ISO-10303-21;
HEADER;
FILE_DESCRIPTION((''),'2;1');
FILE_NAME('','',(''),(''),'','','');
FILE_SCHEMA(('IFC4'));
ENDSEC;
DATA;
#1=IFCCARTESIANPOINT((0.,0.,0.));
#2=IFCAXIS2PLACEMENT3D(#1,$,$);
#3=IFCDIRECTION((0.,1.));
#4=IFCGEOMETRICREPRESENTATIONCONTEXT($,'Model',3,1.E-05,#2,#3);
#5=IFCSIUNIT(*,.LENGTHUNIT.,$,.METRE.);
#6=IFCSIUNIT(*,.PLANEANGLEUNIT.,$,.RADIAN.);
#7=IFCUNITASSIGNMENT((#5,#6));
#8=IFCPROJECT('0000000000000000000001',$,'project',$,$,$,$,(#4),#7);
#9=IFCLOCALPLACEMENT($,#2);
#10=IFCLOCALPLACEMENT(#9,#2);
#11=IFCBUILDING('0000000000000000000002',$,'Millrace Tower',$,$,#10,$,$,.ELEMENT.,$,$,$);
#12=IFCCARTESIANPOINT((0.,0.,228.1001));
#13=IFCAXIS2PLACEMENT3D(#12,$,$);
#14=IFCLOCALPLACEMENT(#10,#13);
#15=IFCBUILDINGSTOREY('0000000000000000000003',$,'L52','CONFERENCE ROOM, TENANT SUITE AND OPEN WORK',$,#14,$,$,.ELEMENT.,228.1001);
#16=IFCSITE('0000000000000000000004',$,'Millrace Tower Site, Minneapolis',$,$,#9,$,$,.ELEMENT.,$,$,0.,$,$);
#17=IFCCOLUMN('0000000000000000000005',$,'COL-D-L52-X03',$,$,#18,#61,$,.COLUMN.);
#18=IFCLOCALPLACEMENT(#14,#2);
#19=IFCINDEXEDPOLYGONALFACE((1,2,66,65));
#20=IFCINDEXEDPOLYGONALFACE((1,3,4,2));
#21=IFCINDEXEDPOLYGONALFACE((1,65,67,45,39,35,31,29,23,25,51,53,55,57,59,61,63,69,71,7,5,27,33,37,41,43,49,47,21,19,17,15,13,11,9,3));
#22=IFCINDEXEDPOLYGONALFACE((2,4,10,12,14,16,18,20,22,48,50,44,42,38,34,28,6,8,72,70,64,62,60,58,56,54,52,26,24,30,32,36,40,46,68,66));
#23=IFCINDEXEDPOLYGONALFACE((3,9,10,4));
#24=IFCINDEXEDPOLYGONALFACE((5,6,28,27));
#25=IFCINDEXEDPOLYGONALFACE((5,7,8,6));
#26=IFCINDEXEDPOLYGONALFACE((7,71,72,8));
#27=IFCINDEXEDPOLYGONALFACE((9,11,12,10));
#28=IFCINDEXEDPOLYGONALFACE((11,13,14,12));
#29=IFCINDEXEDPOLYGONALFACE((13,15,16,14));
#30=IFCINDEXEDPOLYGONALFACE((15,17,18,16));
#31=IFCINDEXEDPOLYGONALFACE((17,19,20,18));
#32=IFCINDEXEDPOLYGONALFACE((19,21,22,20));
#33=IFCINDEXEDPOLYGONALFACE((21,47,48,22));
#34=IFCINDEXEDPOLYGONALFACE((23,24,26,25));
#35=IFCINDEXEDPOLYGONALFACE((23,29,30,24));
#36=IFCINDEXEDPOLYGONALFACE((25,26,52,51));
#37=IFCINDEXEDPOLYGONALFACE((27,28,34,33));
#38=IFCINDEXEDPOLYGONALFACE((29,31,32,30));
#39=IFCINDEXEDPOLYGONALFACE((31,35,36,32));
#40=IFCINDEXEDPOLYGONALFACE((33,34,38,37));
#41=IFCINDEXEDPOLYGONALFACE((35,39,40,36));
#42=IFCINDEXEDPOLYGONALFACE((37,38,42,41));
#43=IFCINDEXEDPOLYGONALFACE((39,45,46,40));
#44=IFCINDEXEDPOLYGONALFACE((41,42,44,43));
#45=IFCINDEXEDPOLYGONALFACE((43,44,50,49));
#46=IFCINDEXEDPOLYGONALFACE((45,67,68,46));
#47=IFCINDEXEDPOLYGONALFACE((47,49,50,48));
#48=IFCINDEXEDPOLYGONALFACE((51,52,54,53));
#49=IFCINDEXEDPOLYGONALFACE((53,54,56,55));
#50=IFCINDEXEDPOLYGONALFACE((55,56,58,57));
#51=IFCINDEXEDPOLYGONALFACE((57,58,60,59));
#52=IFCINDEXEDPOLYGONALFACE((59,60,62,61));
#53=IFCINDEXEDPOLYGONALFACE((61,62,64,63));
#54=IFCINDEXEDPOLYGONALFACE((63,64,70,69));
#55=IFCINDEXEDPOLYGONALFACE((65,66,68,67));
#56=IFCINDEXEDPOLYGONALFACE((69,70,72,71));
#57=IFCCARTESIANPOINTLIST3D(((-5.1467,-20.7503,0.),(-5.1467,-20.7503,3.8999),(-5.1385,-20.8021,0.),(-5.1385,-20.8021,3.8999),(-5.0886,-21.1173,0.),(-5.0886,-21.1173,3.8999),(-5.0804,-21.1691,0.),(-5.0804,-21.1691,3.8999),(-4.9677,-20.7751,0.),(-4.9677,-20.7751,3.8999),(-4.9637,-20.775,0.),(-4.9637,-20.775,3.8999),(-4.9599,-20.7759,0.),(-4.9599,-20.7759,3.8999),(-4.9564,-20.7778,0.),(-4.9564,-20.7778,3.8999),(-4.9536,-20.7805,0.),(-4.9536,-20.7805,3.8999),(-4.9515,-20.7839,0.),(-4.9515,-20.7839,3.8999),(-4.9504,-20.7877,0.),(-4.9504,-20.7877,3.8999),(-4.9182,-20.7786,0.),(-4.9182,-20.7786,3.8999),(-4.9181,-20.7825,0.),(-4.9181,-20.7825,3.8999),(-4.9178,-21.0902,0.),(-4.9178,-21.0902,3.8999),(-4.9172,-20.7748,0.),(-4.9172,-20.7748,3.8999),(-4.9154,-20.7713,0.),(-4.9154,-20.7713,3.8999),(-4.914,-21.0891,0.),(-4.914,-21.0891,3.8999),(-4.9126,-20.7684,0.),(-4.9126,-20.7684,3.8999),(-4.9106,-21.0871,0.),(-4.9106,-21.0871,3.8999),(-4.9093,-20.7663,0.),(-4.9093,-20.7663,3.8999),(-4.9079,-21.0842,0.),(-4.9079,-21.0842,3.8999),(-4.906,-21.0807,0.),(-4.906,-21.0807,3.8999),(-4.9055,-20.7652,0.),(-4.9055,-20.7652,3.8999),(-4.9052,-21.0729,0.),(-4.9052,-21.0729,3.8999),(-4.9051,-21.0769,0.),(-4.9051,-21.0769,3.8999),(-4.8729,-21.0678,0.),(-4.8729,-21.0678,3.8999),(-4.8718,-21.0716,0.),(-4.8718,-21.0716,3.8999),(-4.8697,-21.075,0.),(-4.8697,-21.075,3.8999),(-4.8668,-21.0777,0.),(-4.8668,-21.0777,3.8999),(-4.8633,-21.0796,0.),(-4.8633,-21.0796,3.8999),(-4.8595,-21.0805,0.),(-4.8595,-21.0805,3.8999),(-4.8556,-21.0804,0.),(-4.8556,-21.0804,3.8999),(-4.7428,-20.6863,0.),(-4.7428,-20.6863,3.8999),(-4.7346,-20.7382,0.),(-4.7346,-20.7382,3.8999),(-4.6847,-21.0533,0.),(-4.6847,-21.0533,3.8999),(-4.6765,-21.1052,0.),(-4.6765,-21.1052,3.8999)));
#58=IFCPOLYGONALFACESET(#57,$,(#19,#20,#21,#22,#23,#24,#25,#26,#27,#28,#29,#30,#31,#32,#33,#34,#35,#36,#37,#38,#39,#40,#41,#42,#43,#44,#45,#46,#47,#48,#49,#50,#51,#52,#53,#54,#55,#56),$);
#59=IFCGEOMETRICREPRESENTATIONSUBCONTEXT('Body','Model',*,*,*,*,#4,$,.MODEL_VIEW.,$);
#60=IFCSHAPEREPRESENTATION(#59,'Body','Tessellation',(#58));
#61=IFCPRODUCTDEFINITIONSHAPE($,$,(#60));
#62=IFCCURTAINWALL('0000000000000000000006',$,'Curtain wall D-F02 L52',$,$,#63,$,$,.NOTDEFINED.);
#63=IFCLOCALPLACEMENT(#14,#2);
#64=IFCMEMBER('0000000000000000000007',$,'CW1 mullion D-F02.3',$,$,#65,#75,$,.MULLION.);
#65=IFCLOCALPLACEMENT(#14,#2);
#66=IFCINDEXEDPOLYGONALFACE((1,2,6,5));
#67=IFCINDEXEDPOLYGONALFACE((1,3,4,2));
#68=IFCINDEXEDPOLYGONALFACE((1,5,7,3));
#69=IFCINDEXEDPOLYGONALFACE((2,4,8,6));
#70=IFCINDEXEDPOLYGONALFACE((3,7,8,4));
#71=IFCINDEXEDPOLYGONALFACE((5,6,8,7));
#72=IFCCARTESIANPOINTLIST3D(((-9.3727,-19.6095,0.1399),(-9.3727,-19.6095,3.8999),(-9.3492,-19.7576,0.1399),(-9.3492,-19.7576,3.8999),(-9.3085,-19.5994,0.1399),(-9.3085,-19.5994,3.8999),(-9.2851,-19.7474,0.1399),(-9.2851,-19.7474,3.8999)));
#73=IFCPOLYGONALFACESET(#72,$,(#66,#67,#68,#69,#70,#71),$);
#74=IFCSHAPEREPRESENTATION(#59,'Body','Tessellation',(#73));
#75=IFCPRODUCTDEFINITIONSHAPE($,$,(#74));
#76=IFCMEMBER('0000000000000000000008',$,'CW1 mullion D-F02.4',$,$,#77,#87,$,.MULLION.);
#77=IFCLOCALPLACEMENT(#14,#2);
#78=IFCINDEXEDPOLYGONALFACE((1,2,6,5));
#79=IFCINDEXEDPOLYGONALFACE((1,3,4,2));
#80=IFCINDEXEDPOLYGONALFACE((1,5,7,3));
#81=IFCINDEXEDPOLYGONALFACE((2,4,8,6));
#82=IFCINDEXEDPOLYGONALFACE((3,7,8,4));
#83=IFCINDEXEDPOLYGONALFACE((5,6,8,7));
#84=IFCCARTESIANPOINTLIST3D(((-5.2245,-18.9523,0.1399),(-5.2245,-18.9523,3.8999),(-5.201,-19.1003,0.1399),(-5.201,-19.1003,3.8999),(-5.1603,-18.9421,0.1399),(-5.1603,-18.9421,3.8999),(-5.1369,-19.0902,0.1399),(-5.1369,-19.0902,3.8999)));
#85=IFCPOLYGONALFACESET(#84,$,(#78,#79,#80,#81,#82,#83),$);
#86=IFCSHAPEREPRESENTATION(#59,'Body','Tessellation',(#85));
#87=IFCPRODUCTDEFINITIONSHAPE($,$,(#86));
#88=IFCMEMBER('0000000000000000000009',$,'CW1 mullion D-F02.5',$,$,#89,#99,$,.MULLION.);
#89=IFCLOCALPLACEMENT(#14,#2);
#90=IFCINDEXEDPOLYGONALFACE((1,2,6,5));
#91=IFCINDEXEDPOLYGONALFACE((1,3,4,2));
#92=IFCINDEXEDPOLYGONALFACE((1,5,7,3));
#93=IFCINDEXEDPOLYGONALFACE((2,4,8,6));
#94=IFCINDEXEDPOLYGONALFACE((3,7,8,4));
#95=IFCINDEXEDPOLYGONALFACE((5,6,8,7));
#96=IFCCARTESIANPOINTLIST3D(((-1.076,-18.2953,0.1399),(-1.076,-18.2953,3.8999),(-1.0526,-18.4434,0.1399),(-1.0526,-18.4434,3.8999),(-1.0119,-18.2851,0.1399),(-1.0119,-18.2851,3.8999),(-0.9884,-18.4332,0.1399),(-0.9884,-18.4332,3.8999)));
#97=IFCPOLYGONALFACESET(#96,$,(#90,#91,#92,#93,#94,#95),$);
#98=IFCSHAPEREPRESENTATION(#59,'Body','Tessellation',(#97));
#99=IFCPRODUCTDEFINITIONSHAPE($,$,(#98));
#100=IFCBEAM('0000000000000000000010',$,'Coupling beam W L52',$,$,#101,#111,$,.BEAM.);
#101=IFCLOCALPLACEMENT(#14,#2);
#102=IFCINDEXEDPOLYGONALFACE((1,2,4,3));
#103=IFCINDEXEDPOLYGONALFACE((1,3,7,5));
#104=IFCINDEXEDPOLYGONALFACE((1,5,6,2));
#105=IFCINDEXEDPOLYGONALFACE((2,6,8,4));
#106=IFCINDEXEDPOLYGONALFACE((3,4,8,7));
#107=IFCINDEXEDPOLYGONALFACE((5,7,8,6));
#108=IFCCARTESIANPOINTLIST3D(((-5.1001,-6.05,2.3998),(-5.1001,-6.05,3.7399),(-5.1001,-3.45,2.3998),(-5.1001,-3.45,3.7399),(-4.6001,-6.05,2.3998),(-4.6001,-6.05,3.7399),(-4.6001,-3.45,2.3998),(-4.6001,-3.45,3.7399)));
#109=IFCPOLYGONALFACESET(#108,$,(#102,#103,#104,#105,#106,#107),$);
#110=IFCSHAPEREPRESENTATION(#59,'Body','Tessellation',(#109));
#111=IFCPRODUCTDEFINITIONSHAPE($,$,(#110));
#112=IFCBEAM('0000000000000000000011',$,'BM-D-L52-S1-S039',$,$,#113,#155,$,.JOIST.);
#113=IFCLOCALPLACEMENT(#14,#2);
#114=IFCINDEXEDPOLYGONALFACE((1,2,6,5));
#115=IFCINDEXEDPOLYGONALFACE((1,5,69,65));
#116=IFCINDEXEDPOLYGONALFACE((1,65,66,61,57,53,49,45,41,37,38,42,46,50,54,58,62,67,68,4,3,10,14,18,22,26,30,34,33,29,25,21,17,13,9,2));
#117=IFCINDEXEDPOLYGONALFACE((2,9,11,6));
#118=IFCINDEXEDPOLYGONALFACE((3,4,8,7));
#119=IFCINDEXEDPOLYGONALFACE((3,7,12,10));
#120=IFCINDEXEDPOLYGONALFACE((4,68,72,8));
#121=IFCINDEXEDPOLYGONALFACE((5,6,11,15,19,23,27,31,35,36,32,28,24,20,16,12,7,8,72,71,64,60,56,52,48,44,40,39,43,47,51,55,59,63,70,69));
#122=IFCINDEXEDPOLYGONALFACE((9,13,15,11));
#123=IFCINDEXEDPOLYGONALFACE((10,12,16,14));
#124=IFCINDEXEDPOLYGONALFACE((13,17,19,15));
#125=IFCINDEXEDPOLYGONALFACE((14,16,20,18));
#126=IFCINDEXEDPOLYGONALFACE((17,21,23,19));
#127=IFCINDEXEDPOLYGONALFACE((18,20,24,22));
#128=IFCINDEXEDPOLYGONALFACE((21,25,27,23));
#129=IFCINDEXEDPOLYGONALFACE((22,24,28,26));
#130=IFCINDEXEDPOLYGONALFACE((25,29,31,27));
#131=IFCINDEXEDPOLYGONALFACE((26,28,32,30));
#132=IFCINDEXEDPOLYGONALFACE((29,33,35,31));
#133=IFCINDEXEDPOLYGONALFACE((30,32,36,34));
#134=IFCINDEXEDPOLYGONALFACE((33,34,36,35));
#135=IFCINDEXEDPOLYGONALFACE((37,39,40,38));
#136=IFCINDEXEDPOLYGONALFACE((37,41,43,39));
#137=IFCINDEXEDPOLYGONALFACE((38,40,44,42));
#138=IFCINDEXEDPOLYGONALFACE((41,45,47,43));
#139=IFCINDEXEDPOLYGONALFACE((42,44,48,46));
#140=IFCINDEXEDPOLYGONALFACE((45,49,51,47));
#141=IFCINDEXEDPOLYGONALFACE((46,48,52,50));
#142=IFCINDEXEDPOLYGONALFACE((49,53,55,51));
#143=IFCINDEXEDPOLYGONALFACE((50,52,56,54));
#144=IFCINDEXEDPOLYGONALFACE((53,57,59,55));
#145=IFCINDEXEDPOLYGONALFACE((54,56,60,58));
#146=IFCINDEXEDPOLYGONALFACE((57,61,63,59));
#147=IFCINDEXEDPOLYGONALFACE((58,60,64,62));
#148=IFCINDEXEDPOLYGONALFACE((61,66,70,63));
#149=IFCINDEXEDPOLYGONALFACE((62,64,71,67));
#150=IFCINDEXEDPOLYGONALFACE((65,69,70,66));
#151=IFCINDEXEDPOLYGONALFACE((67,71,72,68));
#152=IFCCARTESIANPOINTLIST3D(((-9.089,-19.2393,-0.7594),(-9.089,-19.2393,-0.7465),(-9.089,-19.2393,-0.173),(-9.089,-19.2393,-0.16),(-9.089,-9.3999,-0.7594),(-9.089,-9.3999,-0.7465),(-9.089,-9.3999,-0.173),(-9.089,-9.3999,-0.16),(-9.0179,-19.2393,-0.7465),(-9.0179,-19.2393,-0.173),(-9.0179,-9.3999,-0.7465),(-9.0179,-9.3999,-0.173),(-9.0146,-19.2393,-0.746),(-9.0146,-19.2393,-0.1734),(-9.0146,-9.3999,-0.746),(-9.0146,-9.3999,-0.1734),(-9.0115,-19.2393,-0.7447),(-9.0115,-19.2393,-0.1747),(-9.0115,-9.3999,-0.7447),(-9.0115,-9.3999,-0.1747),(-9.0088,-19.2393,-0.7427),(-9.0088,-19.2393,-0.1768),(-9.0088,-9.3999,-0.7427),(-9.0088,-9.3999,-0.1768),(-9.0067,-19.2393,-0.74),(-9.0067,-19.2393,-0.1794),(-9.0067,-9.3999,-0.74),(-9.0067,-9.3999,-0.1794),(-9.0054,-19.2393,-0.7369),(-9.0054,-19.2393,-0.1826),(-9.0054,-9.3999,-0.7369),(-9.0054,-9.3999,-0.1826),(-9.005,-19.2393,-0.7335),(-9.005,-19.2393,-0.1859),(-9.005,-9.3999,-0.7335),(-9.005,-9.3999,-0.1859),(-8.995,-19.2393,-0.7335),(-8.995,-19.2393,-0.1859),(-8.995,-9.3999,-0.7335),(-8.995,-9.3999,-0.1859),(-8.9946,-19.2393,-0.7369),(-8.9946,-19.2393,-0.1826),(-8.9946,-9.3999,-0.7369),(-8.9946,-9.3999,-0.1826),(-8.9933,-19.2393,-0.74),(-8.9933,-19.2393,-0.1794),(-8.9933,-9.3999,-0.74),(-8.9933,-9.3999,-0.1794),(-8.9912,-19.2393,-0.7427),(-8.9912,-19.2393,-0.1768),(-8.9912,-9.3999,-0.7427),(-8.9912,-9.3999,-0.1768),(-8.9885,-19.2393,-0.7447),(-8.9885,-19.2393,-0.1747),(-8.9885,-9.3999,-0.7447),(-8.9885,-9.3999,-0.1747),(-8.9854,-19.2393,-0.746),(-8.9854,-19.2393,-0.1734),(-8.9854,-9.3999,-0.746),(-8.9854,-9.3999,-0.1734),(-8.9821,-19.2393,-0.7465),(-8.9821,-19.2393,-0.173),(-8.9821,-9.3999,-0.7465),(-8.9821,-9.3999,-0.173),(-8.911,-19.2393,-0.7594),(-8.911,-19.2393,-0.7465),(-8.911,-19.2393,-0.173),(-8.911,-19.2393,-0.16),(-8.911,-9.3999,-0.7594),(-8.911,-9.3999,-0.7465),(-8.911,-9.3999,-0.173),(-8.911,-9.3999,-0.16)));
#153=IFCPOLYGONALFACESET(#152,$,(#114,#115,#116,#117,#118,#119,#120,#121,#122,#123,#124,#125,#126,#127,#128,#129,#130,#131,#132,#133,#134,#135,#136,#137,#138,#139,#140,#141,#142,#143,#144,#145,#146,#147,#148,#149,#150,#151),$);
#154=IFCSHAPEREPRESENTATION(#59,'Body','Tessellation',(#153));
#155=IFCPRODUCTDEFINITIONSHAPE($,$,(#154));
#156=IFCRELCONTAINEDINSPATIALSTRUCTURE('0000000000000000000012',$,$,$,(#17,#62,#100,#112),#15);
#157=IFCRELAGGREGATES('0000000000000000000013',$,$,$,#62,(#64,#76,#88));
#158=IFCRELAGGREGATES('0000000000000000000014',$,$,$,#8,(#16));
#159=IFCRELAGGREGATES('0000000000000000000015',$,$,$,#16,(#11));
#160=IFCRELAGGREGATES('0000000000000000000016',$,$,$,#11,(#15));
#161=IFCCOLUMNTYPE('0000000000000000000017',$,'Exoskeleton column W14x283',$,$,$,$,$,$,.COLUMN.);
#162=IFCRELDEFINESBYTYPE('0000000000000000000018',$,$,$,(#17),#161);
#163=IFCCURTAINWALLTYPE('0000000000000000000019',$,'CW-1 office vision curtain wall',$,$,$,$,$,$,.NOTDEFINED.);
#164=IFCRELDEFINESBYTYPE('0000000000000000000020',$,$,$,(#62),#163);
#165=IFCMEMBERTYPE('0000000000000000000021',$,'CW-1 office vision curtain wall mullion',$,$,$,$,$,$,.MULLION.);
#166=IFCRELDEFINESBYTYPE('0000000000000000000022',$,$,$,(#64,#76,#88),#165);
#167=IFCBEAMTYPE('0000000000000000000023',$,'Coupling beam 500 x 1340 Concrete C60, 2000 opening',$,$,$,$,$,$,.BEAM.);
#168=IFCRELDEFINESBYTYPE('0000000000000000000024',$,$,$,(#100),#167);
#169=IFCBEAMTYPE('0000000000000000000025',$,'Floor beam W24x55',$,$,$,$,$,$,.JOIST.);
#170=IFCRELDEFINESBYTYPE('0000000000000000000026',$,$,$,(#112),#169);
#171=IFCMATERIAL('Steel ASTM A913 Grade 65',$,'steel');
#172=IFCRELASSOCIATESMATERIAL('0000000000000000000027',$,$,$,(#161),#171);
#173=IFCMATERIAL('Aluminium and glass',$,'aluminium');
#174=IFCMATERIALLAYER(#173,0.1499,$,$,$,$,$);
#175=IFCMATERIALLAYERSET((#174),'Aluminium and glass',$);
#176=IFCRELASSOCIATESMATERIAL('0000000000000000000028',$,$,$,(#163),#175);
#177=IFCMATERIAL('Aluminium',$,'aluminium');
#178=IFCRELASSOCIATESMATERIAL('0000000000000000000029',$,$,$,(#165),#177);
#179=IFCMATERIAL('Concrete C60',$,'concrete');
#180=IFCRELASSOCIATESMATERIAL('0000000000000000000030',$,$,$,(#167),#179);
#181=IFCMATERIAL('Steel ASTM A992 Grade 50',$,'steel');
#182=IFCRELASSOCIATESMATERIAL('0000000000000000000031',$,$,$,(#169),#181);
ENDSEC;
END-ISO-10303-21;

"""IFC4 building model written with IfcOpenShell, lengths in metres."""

from ifc_helpers import new_model, si_unit, direction, frame, origin, origin_2d, place, context, subcontext, project, spatial, rectangle, i_section, extrude, material, layer, layer_set, material_profile, profile_set, type_object, element, aggregate, save


model = new_model("IFC4")

# Units and contexts
model_context = context("Model", 3, precision=1e-05, world=origin(), true_north=direction((0.0, 1.0)))
body_context = subcontext(model_context, "Body", "Model", "MODEL_VIEW")
ifc_project = project(units=[si_unit("LENGTHUNIT", "METRE"), si_unit("PLANEANGLEUNIT", "RADIAN")], contexts=[model_context])

# Site, building, storey
site_placement = place(None, origin())
site = spatial("IfcSite", under=ifc_project, at=site_placement, Name="Millrace Tower Site, Minneapolis", CompositionType="ELEMENT", RefElevation=0.0)
building_placement = place(site_placement, origin())
building = spatial("IfcBuilding", under=site, at=building_placement, Name="Millrace Tower", CompositionType="ELEMENT")
storey_placement = place(building_placement, frame((0.0, 0.0, 228.1001)))
storey = spatial("IfcBuildingStorey", under=building, at=storey_placement, Name="L52", Description="CONFERENCE ROOM, TENANT SUITE AND OPEN WORK", CompositionType="ELEMENT", Elevation=228.1001)

# Column
ifc_material_1 = material(Name="Steel ASTM A913 Grade 65", Category="steel")
ifc_material_profile_1 = material_profile(ifc_material_1, i_section(OverallWidth=0.4089, OverallDepth=0.4241, WebThickness=0.0327, FlangeThickness=0.0525, FilletRadius=0.0151, at=origin_2d()))
ifc_profile_set_1 = profile_set([ifc_material_profile_1], Name="Steel ASTM A913 Grade 65")
column_type = type_object("IfcColumnType", Name="Exoskeleton column W14x283", PredefinedType="COLUMN", material=ifc_profile_set_1)
column_placement = place(storey_placement, frame((-4.9116, -20.9277, 0.0), z_axis=(0.0, 0.0, 1.0), x_axis=(0.987688, 0.156434, 0.0)))
element("IfcColumn", 1, at=column_placement, inside=storey, type_object=column_type, Name="COL-D-L52-X03", PredefinedType="COLUMN", context=body_context, shape_type="SweptSolid", body=[
    extrude(i_section(OverallWidth=0.4089, OverallDepth=0.4241, WebThickness=0.0327, FlangeThickness=0.0525, FilletRadius=0.0151, at=origin_2d()), origin(), (0.0, 0.0, 1.0), 3.8999),
])

# Curtain wall, members
ifc_material_2 = material(Name="Aluminium and glass", Category="aluminium")
ifc_layer_1 = layer(ifc_material_2, 0.1499)
ifc_layer_set_1 = layer_set([ifc_layer_1], Name="Aluminium and glass")
curtain_wall_type = type_object("IfcCurtainWallType", Name="CW-1 office vision curtain wall", PredefinedType="NOTDEFINED", material=ifc_layer_set_1)
curtain_wall_placement = place(storey_placement, origin())
curtain_wall = element("IfcCurtainWall", 2, at=curtain_wall_placement, inside=storey, type_object=curtain_wall_type, Name="Curtain wall D-F02 L52", PredefinedType="NOTDEFINED")
ifc_material_3 = material(Name="Aluminium", Category="aluminium")
ifc_material_profile_2 = material_profile(ifc_material_3, rectangle(XDim=0.0649, YDim=0.1499, at=origin_2d()))
ifc_profile_set_2 = profile_set([ifc_material_profile_2], Name="Aluminium")
member_type = type_object("IfcMemberType", Name="CW-1 office vision curtain wall mullion", PredefinedType="MULLION", material=ifc_profile_set_2)
member_1_placement = place(storey_placement, frame((-9.3289, -19.6785, 0.1399), z_axis=(0.0, 0.0, 1.0), x_axis=(0.987688, 0.156434, 0.0)))
member_1 = element("IfcMember", 3, at=member_1_placement, type_object=member_type, Name="CW1 mullion D-F02.3", PredefinedType="MULLION", context=body_context, shape_type="SweptSolid", body=[
    extrude(rectangle(XDim=0.0649, YDim=0.1499, at=origin_2d()), origin(), (0.0, 0.0, 1.0), 3.76),
])
member_2_placement = place(storey_placement, frame((-5.1807, -19.0212, 0.1399), z_axis=(0.0, 0.0, 1.0), x_axis=(0.987688, 0.156434, 0.0)))
member_2 = element("IfcMember", 4, at=member_2_placement, type_object=member_type, Name="CW1 mullion D-F02.4", PredefinedType="MULLION", context=body_context, shape_type="SweptSolid", body=[
    extrude(rectangle(XDim=0.0649, YDim=0.1499, at=origin_2d()), origin(), (0.0, 0.0, 1.0), 3.76),
])
member_3_placement = place(storey_placement, frame((-1.0322, -18.3643, 0.1399), z_axis=(0.0, 0.0, 1.0), x_axis=(0.987688, 0.156434, 0.0)))
member_3 = element("IfcMember", 5, at=member_3_placement, type_object=member_type, Name="CW1 mullion D-F02.5", PredefinedType="MULLION", context=body_context, shape_type="SweptSolid", body=[
    extrude(rectangle(XDim=0.0649, YDim=0.1499, at=origin_2d()), origin(), (0.0, 0.0, 1.0), 3.76),
])
aggregate(curtain_wall, [member_1, member_2, member_3])

# Beams
ifc_material_4 = material(Name="Concrete C60", Category="concrete")
ifc_material_profile_3 = material_profile(ifc_material_4, rectangle(XDim=0.5, YDim=1.3401, at=origin_2d()))
ifc_profile_set_3 = profile_set([ifc_material_profile_3], Name="Concrete C60")
beam_type_1 = type_object("IfcBeamType", Name="Coupling beam 500 x 1340 Concrete C60, 2000 opening", PredefinedType="BEAM", material=ifc_profile_set_3)
beam_1_placement = place(storey_placement, frame((-4.8501, -6.05, 3.0698), z_axis=(0.0, 1.0, 0.0), x_axis=(-1.0, 0.0, 0.0)))
element("IfcBeam", 6, at=beam_1_placement, inside=storey, type_object=beam_type_1, Name="Coupling beam W L52", PredefinedType="BEAM", context=body_context, shape_type="SweptSolid", body=[
    extrude(rectangle(XDim=0.5, YDim=1.3401, at=origin_2d()), origin(), (0.0, 0.0, 1.0), 2.6001),
])
ifc_material_5 = material(Name="Steel ASTM A992 Grade 50", Category="steel")
ifc_material_profile_4 = material_profile(ifc_material_5, i_section(OverallWidth=0.178, OverallDepth=0.5994, WebThickness=0.01, FlangeThickness=0.0129, FilletRadius=0.0129, at=origin_2d()))
ifc_profile_set_4 = profile_set([ifc_material_profile_4], Name="Steel ASTM A992 Grade 50")
beam_type_2 = type_object("IfcBeamType", Name="Floor beam W24x55", PredefinedType="JOIST", material=ifc_profile_set_4)
beam_2_placement = place(storey_placement, frame((-9.0, -19.2393, -0.4597), z_axis=(0.0, 1.0, 0.0), x_axis=(-1.0, 0.0, 0.0)))
element("IfcBeam", 7, at=beam_2_placement, inside=storey, type_object=beam_type_2, Name="BM-D-L52-S1-S039", PredefinedType="JOIST", context=body_context, shape_type="SweptSolid", body=[
    extrude(i_section(OverallWidth=0.178, OverallDepth=0.5994, WebThickness=0.01, FlangeThickness=0.0129, FilletRadius=0.0129, at=origin_2d()), origin(), (0.0, 0.0, 1.0), 9.8394),
])

save(model, "model.ifc")
